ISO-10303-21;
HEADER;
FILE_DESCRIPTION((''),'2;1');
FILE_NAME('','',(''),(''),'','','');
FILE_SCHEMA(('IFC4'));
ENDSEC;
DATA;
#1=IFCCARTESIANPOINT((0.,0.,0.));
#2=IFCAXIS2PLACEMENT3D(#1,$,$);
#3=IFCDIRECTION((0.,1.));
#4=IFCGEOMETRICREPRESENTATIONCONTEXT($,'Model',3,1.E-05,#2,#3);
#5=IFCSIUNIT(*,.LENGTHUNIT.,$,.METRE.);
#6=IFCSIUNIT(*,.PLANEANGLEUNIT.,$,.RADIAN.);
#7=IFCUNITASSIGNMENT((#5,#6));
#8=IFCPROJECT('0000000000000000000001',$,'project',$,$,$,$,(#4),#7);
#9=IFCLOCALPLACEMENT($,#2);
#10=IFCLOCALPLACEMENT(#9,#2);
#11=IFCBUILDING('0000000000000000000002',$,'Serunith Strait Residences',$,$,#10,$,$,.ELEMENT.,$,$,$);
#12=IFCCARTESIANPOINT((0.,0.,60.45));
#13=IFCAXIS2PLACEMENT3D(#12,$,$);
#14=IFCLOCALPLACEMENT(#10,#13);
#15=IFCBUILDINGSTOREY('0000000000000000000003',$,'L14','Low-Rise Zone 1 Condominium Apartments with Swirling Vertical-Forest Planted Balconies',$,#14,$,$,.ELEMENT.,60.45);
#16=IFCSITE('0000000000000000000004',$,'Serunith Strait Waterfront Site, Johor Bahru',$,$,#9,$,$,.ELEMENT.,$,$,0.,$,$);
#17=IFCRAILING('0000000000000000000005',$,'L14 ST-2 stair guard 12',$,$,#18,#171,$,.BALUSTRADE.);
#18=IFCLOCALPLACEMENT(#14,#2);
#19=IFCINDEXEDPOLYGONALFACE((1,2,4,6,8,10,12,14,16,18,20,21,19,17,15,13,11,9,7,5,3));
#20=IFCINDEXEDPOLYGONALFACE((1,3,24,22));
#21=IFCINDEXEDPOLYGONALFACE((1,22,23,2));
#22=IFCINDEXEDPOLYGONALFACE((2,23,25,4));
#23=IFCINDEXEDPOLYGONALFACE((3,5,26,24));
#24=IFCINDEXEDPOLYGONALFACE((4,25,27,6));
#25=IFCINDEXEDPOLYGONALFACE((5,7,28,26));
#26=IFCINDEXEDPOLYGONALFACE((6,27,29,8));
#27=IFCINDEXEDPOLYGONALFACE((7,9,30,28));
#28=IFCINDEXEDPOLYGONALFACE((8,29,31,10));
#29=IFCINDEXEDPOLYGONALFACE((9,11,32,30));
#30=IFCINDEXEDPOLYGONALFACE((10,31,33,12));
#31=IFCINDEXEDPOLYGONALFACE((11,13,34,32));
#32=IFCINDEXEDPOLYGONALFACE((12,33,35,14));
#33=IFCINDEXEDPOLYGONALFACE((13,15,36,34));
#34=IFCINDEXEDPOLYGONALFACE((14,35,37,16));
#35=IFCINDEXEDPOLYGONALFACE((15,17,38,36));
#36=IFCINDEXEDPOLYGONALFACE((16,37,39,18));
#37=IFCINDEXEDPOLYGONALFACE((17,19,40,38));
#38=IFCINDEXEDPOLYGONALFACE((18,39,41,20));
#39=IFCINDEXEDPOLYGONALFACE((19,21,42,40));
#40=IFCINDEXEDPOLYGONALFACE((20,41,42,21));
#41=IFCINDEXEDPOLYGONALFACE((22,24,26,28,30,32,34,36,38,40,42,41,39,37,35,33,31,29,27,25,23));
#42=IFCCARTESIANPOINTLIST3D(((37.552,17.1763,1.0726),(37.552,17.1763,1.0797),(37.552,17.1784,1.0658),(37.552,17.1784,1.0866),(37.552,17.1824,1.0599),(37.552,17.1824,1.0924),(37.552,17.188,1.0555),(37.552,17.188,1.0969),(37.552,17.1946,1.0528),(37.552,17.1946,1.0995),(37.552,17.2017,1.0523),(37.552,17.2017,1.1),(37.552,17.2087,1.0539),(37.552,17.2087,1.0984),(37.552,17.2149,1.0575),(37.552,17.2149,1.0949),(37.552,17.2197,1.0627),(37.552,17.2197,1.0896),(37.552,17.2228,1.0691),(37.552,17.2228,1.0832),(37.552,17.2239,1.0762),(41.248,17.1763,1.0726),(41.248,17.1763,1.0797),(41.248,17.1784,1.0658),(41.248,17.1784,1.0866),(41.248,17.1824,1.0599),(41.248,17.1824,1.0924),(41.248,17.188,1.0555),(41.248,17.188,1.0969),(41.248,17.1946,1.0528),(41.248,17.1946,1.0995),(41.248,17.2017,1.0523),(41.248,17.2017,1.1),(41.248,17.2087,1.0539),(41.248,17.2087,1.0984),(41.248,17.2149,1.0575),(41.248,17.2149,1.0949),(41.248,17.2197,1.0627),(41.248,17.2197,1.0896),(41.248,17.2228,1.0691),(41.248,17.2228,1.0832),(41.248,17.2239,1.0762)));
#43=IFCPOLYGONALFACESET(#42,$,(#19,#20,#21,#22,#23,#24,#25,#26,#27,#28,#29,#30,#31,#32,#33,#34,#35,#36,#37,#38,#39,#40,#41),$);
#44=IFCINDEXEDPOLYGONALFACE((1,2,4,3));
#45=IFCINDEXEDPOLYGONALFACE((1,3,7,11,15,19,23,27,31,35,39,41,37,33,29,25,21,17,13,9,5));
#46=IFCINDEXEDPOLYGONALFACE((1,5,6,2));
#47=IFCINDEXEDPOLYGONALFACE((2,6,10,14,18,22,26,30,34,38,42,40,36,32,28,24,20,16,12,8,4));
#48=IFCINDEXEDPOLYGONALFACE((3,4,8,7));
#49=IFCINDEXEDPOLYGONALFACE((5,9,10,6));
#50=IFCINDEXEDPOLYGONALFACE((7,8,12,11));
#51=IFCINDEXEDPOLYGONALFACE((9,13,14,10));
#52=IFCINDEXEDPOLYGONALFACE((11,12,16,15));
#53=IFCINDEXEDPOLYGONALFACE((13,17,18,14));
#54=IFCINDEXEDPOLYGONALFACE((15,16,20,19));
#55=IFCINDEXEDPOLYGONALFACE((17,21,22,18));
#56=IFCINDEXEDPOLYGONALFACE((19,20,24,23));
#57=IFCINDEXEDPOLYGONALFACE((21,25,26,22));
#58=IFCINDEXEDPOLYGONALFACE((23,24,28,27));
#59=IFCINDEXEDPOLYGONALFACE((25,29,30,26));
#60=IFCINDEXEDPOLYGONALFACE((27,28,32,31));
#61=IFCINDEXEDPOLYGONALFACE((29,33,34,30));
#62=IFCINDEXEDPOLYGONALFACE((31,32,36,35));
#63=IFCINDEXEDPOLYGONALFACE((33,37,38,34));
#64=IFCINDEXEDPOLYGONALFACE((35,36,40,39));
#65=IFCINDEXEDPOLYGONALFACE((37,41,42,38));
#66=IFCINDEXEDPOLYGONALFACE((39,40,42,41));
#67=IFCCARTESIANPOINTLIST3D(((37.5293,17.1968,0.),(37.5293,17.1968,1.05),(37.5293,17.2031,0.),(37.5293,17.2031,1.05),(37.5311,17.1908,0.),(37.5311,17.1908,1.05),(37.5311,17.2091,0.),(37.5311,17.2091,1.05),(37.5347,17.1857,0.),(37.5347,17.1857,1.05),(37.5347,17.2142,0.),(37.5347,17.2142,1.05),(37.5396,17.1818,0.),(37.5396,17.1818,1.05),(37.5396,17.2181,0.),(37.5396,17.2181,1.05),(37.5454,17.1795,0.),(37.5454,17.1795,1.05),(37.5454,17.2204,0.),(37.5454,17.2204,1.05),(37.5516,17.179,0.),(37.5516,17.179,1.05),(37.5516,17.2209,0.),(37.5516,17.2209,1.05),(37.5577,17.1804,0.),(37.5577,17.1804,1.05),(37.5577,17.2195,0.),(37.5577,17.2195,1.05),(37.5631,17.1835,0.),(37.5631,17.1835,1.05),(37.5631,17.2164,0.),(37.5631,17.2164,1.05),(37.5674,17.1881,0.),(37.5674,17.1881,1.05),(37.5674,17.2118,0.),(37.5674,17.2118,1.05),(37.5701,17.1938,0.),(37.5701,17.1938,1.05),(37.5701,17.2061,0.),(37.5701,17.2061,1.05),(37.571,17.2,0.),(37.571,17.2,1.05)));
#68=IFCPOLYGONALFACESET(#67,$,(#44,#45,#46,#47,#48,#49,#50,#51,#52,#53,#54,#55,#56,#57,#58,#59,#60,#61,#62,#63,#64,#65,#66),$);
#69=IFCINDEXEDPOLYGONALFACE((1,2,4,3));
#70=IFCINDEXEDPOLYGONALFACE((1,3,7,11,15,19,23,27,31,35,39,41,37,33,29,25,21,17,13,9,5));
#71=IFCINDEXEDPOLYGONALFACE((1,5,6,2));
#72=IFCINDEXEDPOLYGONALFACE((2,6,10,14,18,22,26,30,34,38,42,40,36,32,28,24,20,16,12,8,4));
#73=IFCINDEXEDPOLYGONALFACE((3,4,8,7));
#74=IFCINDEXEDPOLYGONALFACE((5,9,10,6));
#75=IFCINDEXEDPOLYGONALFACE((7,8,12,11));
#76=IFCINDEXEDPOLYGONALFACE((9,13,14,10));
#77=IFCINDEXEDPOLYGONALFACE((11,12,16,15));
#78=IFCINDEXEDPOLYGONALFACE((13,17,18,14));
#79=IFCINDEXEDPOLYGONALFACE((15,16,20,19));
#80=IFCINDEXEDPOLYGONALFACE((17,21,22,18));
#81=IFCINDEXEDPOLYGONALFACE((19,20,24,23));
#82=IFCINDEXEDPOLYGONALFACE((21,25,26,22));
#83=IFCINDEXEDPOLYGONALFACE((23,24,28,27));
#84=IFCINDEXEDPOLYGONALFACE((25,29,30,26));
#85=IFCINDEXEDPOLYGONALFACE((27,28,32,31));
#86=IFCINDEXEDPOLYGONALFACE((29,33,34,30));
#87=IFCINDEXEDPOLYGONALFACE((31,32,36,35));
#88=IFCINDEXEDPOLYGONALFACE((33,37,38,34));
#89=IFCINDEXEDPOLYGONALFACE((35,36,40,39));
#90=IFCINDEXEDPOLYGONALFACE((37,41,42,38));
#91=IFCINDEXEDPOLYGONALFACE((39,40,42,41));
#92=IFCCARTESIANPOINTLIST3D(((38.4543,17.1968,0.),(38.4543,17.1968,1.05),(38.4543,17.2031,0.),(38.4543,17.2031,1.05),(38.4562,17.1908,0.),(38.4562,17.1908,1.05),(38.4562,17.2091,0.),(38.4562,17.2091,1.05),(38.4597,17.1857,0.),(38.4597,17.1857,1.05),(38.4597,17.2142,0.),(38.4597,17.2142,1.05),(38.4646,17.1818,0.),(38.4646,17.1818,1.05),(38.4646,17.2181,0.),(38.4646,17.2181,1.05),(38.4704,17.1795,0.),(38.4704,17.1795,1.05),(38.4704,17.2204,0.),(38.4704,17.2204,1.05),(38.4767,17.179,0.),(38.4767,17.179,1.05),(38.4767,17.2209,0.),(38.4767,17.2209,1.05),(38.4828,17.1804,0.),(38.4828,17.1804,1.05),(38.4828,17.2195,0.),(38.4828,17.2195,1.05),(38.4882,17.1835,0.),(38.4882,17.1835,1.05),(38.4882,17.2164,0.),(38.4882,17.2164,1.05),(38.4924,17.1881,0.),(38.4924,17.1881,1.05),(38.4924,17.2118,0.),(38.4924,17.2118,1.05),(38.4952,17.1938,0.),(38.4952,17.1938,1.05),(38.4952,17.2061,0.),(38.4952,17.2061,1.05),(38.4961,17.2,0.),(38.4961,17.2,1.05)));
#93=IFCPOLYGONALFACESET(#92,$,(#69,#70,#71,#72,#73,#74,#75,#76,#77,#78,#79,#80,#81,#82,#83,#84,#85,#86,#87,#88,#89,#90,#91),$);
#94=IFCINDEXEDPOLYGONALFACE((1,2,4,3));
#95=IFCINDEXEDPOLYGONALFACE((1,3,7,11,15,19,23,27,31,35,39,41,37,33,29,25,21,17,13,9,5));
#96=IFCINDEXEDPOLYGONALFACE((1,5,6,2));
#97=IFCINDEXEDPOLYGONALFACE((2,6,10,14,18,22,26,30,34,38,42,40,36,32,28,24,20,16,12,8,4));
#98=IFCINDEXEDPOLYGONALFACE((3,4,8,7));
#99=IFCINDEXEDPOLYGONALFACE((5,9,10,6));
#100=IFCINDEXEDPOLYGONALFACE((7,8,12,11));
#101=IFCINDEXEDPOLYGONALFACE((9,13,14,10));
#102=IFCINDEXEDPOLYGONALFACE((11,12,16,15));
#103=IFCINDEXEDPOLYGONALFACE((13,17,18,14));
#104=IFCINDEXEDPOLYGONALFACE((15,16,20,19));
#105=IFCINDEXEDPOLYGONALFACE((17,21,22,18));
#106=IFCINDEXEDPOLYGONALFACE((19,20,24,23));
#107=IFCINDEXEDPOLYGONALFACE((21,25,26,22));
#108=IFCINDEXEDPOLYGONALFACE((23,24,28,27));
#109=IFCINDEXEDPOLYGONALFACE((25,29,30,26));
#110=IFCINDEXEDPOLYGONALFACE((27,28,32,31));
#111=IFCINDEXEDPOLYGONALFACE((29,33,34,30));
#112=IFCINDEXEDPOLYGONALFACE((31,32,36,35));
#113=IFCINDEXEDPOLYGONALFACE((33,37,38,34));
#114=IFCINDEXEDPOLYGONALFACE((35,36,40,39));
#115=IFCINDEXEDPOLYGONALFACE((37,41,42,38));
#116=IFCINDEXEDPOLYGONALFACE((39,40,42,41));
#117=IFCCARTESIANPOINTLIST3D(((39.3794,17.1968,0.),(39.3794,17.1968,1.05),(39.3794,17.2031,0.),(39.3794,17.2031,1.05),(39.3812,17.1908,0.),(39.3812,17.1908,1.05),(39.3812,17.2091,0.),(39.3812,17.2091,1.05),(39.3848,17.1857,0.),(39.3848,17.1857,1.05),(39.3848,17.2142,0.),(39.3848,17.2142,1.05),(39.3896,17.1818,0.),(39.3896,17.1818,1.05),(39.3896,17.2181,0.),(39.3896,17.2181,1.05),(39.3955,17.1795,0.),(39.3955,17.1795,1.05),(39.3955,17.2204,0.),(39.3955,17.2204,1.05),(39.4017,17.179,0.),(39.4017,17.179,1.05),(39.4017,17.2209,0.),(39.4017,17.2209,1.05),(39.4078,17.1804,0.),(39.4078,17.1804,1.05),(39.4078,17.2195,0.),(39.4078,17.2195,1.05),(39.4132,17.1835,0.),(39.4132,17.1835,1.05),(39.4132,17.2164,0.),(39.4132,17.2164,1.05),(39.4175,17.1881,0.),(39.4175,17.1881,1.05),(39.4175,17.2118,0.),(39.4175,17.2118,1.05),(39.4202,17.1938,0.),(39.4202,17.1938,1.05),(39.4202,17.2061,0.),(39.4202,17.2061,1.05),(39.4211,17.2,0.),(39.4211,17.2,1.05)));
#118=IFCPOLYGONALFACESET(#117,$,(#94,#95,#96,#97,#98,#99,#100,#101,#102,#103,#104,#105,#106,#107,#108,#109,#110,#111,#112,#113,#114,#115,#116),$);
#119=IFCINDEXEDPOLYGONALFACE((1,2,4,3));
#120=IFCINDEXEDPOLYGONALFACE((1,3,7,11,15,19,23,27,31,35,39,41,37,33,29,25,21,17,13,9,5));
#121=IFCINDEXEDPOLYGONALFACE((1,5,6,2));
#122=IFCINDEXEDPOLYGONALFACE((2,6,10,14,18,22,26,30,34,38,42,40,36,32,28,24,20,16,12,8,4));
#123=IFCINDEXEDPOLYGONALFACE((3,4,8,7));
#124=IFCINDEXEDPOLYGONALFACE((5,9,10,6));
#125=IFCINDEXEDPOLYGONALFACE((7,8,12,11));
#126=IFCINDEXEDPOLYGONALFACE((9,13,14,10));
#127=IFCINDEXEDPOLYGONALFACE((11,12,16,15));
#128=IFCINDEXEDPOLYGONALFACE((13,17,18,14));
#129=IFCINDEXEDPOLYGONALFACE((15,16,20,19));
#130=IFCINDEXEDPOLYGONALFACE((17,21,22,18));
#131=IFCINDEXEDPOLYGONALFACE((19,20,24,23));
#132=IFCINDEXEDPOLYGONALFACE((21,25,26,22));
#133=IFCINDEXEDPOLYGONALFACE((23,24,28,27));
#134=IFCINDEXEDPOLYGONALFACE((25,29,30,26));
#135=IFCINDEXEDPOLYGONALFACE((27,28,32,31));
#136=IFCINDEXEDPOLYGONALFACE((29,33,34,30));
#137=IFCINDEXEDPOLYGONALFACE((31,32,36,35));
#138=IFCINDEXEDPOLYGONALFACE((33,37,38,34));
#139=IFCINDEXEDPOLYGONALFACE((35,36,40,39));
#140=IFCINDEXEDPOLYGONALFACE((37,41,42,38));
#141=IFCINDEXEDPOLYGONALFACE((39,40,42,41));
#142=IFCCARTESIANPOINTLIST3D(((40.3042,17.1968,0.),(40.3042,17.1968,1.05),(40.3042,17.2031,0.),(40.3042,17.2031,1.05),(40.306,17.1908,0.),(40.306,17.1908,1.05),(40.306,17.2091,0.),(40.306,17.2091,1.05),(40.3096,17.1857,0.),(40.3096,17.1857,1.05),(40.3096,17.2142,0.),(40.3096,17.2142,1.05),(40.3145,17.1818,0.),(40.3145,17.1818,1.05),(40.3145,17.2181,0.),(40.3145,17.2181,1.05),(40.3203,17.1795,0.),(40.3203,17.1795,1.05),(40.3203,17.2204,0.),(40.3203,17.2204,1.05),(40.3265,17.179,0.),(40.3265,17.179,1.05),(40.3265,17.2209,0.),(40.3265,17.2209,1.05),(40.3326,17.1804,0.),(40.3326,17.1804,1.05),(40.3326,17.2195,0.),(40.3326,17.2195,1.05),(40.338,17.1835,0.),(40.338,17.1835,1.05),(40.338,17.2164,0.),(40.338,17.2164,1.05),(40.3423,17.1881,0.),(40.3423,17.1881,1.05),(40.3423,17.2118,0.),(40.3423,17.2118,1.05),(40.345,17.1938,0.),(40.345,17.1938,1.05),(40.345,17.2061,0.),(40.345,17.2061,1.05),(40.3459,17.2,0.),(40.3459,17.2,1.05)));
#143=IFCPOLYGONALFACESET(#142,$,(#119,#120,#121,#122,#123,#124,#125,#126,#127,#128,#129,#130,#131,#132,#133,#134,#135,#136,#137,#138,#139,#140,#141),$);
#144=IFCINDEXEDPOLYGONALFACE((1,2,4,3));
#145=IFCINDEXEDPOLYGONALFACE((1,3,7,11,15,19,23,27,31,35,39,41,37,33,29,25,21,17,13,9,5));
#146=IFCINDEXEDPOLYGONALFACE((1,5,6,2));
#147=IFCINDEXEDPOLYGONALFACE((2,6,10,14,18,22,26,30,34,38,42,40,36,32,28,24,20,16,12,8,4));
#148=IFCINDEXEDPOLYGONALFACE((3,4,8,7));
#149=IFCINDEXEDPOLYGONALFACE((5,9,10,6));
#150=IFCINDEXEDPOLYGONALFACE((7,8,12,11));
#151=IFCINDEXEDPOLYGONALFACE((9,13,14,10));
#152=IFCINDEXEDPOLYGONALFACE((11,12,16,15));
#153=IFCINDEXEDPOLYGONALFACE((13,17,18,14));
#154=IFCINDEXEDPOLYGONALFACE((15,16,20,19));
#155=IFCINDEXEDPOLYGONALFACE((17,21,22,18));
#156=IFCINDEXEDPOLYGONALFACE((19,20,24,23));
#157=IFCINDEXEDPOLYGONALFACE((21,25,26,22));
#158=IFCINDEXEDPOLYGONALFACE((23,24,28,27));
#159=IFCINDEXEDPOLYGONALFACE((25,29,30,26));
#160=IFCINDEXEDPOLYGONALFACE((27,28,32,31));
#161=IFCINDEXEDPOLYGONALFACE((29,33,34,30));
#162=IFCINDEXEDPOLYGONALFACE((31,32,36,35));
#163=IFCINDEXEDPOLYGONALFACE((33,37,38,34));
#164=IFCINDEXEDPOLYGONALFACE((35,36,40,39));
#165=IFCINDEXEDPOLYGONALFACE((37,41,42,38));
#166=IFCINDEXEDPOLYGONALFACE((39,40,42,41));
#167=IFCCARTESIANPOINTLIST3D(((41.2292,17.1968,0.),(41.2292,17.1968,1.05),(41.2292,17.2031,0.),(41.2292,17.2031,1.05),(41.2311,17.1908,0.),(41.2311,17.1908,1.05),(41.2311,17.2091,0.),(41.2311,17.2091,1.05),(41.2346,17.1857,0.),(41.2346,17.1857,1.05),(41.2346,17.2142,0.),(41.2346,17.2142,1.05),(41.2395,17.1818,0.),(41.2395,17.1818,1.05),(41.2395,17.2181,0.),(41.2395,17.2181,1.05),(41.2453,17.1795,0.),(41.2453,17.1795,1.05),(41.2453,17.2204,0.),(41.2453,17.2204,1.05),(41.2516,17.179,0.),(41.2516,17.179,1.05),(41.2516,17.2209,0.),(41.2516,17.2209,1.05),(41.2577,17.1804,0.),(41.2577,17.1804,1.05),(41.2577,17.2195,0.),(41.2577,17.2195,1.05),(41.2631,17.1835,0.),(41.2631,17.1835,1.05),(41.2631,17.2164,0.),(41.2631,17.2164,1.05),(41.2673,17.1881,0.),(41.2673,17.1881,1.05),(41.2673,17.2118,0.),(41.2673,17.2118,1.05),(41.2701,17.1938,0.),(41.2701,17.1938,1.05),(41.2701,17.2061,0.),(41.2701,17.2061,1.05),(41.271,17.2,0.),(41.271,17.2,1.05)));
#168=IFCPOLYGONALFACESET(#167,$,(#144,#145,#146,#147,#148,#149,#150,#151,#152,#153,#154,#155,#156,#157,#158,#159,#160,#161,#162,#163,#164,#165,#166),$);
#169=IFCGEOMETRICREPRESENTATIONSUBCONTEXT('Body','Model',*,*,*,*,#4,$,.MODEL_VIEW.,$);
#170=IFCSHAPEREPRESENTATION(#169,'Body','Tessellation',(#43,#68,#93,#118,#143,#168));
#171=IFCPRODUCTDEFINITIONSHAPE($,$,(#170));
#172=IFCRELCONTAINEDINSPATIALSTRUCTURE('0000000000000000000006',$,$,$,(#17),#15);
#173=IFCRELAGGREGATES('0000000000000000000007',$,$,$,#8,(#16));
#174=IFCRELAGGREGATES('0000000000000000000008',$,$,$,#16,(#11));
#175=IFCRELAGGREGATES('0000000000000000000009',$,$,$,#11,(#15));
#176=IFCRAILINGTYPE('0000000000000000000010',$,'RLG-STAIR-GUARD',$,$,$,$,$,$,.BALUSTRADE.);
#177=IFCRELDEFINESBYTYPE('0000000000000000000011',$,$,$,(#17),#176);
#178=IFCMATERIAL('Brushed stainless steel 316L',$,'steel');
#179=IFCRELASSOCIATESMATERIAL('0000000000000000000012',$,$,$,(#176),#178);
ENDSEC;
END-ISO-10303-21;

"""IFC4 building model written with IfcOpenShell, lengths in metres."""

from ifc_helpers import new_model, si_unit, direction, frame, origin, origin_2d, place, context, subcontext, project, spatial, circle, extrude, material, type_object, element, save


model = new_model("IFC4")

# Units and contexts
model_context = context("Model", 3, precision=1e-05, world=origin(), true_north=direction((0.0, 1.0)))
body_context = subcontext(model_context, "Body", "Model", "MODEL_VIEW")
ifc_project = project(units=[si_unit("LENGTHUNIT", "METRE"), si_unit("PLANEANGLEUNIT", "RADIAN")], contexts=[model_context])

# Site, building, storey
site_placement = place(None, origin())
site = spatial("IfcSite", under=ifc_project, at=site_placement, Name="Serunith Strait Waterfront Site, Johor Bahru", CompositionType="ELEMENT", RefElevation=0.0)
building_placement = place(site_placement, origin())
building = spatial("IfcBuilding", under=site, at=building_placement, Name="Serunith Strait Residences", CompositionType="ELEMENT")
storey_placement = place(building_placement, frame((0.0, 0.0, 60.45)))
storey = spatial("IfcBuildingStorey", under=building, at=storey_placement, Name="L14", Description="Low-Rise Zone 1 Condominium Apartments with Swirling Vertical-Forest Planted Balconies", CompositionType="ELEMENT", Elevation=60.45)

# Railing
ifc_material_1 = material(Name="Brushed stainless steel 316L", Category="steel")
railing_type_1 = type_object("IfcRailingType", Name="RLG-STAIR-GUARD", PredefinedType="BALUSTRADE", material=ifc_material_1)
railing_1_placement = place(storey_placement, frame((37.55, 17.2, 0.0)))
element("IfcRailing", 1, at=railing_1_placement, inside=storey, type_object=railing_type_1, Name="L14 ST-2 stair guard 12", PredefinedType="BALUSTRADE", context=body_context, shape_type="SweptSolid", body=[
    extrude(circle(Radius=0.0239, at=origin_2d()), frame((0.002, 0.0, 1.0762), z_axis=(1.0, 0.0, 0.0), x_axis=(0.0, 1.0, 0.0)), (0.0, 0.0, 1.0), 3.696),
    extrude(circle(Radius=0.021, at=origin_2d()), origin(), (0.0, 0.0, 1.0), 1.05),
    extrude(circle(Radius=0.021, at=origin_2d()), frame((0.925, 0.0, 0.0)), (0.0, 0.0, 1.0), 1.05),
    extrude(circle(Radius=0.021, at=origin_2d()), frame((1.8501, 0.0, 0.0)), (0.0, 0.0, 1.0), 1.05),
    extrude(circle(Radius=0.021, at=origin_2d()), frame((2.7749, 0.0, 0.0)), (0.0, 0.0, 1.0), 1.05),
    extrude(circle(Radius=0.021, at=origin_2d()), frame((3.7, 0.0, 0.0)), (0.0, 0.0, 1.0), 1.05),
])

save(model, "model.ifc")
